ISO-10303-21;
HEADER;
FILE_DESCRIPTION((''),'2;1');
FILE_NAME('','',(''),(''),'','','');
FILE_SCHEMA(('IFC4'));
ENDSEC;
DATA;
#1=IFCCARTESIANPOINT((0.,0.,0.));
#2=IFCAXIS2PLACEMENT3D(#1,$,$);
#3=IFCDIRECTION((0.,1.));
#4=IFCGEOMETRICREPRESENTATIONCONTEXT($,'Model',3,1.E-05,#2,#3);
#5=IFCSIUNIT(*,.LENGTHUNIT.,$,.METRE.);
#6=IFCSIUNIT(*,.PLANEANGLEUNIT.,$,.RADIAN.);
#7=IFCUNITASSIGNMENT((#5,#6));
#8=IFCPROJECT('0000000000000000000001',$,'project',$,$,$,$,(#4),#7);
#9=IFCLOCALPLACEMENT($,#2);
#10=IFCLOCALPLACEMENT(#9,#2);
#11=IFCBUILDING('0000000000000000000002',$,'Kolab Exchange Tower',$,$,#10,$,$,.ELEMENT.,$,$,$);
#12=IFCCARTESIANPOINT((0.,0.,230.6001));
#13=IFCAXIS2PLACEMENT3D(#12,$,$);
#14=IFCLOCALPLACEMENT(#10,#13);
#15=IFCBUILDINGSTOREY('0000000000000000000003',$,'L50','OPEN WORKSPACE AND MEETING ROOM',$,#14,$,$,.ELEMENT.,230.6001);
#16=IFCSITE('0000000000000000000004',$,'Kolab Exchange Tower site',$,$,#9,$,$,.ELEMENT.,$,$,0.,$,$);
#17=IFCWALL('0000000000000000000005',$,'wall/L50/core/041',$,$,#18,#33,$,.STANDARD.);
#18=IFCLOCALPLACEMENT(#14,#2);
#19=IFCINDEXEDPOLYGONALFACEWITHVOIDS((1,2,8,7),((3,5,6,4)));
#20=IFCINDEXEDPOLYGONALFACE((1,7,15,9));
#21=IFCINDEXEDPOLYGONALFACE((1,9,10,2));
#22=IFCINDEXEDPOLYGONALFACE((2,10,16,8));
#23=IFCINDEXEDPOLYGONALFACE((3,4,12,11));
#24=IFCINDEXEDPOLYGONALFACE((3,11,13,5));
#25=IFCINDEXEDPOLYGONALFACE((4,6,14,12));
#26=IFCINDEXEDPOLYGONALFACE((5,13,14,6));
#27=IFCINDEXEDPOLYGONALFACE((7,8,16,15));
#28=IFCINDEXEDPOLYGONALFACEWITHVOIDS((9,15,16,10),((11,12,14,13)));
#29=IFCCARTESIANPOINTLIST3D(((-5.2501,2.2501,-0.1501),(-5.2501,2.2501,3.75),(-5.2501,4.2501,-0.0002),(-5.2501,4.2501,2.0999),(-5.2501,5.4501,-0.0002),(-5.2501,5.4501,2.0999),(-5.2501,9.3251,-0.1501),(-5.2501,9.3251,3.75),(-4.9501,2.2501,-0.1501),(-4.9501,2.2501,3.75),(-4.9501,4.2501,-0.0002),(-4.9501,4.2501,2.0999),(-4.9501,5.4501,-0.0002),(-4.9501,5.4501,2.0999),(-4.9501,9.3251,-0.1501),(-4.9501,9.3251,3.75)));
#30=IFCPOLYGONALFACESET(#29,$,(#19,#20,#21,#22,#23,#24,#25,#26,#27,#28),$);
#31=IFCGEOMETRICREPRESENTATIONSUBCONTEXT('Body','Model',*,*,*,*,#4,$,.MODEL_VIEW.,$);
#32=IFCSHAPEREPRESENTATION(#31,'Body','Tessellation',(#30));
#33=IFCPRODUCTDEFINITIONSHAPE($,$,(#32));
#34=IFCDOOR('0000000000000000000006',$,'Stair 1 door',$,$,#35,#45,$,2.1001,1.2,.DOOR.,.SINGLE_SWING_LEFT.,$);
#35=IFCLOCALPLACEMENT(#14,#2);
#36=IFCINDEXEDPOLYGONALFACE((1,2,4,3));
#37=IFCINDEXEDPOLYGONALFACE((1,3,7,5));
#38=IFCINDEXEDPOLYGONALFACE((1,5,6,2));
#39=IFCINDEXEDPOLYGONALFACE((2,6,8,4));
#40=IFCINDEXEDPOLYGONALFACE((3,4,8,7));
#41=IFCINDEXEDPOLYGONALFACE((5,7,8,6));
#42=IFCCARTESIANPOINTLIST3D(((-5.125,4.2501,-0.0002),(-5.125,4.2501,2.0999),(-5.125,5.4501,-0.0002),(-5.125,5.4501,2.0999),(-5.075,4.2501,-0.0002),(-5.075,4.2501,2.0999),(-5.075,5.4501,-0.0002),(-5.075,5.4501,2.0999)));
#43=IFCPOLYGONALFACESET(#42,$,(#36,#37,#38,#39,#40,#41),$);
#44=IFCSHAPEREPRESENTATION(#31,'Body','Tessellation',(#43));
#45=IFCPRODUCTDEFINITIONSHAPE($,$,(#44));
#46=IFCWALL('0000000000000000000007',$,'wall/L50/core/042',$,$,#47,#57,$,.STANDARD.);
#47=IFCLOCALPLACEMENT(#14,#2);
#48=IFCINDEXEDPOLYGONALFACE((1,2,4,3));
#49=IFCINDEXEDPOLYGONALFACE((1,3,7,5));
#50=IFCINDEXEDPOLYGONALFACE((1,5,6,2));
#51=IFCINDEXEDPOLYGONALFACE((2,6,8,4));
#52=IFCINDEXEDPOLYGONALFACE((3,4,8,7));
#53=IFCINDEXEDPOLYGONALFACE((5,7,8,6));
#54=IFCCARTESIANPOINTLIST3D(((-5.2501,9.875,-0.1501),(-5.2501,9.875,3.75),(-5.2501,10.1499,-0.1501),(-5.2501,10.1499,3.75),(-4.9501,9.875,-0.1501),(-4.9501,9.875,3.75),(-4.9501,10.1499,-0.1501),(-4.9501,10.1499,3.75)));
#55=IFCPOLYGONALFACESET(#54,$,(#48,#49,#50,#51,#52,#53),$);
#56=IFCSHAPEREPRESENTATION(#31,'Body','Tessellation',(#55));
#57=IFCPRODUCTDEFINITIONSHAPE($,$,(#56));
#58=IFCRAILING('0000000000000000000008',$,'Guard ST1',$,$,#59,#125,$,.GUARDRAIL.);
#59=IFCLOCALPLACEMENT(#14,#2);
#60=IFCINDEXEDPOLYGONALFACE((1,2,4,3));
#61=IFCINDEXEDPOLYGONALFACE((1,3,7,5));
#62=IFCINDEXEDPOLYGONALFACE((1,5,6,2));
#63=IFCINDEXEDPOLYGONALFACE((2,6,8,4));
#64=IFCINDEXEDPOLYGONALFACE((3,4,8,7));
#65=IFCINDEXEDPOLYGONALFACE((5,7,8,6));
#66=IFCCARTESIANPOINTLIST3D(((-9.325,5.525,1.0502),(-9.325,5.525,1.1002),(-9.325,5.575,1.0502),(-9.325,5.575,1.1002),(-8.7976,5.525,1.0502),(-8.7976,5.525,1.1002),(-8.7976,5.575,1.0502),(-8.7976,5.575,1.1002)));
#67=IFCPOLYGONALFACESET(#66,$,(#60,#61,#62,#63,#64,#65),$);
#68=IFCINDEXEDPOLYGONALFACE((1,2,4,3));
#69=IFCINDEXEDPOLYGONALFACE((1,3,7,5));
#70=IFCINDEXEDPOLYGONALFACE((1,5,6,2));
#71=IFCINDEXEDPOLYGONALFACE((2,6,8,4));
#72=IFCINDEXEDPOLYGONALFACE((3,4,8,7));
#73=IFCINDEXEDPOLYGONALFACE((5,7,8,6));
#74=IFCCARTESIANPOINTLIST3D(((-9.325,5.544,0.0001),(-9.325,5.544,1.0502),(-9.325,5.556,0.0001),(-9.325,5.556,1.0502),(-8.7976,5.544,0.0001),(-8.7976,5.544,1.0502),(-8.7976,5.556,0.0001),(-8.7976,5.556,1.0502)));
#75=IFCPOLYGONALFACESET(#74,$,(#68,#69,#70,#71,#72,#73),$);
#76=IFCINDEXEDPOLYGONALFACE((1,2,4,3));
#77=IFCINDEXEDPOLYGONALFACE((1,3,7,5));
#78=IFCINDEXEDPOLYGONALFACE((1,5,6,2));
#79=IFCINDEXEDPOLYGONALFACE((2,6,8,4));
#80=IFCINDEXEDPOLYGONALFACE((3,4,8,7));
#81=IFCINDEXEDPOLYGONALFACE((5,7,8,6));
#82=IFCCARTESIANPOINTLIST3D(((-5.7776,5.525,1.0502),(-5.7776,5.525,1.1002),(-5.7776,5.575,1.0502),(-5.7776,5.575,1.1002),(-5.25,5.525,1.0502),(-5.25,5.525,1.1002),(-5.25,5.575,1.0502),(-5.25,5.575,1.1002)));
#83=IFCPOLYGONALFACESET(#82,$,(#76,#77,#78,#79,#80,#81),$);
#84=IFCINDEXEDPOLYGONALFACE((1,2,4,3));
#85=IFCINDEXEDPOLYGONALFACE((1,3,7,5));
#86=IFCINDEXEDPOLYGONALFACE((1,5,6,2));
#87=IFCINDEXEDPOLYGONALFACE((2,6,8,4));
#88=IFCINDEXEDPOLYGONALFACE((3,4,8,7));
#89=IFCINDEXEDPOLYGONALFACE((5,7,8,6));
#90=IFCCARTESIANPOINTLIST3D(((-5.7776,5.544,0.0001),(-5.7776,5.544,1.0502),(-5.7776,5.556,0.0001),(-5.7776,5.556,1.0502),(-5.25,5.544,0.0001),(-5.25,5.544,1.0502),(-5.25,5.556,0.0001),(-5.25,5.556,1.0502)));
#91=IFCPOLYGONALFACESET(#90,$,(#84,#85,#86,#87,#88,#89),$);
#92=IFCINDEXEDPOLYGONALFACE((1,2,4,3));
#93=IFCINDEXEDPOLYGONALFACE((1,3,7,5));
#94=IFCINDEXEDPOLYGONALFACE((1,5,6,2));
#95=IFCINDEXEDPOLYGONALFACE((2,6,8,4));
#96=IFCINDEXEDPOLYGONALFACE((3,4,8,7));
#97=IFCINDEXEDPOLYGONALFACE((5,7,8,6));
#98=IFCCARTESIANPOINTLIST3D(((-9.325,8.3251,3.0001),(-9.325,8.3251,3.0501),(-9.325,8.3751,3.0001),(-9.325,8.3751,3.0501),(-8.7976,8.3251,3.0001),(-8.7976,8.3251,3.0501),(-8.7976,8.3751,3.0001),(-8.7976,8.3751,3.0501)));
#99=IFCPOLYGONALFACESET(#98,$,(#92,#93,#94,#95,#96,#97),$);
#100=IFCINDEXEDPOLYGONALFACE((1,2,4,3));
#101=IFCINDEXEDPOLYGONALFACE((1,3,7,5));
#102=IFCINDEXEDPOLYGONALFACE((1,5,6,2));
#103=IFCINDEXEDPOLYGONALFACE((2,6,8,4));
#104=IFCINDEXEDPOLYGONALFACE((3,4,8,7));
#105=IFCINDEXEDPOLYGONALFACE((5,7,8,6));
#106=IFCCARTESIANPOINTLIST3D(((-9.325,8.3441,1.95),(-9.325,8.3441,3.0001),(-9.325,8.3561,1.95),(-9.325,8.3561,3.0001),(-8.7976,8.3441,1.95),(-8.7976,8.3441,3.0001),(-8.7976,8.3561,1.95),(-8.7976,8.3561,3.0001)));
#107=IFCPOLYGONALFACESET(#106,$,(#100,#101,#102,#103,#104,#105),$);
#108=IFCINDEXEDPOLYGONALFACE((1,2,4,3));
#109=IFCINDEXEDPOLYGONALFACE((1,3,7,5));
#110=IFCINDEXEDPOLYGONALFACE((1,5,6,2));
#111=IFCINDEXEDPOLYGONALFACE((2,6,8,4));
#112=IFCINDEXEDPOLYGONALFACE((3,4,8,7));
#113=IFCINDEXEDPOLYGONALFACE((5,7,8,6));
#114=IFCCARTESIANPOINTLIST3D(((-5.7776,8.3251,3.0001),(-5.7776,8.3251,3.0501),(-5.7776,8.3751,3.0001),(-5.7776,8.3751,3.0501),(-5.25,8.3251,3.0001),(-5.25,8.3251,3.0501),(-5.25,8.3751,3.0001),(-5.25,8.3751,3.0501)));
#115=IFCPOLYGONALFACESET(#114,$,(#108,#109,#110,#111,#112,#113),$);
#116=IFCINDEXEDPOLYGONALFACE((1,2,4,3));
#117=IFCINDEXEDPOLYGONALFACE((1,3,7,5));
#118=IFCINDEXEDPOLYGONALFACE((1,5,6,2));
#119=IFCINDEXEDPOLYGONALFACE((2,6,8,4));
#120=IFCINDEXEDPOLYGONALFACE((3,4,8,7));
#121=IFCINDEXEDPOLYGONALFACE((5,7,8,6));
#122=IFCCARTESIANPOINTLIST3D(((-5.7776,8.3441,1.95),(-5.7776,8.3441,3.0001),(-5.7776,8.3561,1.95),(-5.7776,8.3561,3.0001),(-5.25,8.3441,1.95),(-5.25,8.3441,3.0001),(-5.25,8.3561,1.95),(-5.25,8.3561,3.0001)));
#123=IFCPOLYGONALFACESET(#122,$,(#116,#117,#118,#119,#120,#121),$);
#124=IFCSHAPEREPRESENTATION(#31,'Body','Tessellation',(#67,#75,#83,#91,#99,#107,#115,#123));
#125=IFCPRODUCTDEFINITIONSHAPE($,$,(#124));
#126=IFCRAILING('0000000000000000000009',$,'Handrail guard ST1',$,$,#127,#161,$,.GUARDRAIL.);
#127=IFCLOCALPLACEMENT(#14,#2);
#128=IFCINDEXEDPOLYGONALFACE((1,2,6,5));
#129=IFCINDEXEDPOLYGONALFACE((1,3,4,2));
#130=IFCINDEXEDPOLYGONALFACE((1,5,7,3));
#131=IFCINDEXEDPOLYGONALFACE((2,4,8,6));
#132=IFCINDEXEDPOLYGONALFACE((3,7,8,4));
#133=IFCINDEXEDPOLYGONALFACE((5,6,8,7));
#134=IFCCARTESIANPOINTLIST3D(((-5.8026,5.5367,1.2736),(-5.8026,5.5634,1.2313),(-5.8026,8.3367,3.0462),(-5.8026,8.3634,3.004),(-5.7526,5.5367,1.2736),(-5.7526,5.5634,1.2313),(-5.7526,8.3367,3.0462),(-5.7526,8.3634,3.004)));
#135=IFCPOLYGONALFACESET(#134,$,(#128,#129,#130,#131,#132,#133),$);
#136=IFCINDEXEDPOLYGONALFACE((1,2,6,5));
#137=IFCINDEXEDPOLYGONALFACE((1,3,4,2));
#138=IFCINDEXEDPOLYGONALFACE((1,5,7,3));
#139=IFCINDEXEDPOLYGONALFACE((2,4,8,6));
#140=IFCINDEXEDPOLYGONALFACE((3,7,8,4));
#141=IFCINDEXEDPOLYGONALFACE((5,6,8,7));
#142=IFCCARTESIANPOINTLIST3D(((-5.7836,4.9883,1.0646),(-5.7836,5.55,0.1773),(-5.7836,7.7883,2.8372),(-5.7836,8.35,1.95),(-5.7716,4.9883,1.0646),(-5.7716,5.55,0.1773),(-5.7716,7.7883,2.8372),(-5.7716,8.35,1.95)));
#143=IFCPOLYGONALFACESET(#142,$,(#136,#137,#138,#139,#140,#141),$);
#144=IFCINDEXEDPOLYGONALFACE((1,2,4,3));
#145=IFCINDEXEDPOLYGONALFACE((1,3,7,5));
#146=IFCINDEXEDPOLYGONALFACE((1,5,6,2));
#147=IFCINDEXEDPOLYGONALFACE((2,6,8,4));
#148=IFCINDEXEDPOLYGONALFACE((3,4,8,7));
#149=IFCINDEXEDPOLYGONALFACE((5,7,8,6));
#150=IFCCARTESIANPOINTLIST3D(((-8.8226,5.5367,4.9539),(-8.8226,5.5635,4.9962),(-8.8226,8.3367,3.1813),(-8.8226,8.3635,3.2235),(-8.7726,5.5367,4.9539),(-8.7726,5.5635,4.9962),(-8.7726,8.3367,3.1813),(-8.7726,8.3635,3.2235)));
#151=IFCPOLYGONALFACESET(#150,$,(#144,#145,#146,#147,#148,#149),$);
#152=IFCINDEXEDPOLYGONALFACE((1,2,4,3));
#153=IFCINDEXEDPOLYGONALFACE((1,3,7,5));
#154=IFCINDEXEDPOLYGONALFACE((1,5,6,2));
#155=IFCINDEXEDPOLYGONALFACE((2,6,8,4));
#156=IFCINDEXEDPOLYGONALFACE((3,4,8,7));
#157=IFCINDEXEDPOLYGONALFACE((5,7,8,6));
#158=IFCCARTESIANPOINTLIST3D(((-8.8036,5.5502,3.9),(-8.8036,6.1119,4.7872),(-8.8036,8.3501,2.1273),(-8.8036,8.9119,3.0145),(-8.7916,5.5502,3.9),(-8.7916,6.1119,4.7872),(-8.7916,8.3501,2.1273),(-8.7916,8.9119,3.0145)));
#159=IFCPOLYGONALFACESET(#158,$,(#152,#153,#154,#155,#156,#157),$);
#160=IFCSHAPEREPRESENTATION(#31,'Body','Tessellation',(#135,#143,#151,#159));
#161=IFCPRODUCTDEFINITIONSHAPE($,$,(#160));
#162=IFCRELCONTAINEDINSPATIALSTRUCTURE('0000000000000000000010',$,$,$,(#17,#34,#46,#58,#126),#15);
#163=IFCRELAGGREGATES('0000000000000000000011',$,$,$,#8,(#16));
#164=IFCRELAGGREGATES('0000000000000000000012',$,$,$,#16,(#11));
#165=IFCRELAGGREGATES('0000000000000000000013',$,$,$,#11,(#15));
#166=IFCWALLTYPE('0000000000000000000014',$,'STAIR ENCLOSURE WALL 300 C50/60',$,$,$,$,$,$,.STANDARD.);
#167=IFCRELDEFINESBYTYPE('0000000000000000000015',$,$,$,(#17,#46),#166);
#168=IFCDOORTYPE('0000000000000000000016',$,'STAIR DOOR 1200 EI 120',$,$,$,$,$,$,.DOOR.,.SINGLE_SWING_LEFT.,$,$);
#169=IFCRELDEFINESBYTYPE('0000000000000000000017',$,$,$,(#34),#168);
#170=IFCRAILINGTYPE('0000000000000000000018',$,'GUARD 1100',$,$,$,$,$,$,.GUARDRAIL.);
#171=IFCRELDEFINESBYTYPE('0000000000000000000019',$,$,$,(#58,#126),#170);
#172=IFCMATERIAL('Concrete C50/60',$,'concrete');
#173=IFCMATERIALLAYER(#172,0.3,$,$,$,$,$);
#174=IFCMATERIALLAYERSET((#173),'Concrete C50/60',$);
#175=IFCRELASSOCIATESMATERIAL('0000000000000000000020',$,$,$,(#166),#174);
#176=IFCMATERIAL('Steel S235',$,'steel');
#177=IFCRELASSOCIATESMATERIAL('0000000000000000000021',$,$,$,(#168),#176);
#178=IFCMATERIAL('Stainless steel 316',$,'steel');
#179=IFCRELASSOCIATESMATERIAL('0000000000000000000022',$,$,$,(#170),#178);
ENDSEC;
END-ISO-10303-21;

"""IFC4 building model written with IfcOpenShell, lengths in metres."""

from ifc_helpers import new_model, si_unit, direction, frame, frame_2d, origin, origin_2d, place, context, subcontext, project, spatial, rectangle, extrude, material, layer, layer_set, type_object, element, fill, save


model = new_model("IFC4")

# Units and contexts
model_context = context("Model", 3, precision=1e-05, world=origin(), true_north=direction((0.0, 1.0)))
body_context = subcontext(model_context, "Body", "Model", "MODEL_VIEW")
ifc_project = project(units=[si_unit("LENGTHUNIT", "METRE"), si_unit("PLANEANGLEUNIT", "RADIAN")], contexts=[model_context])

# Site, building, storey
site_placement = place(None, origin())
site = spatial("IfcSite", under=ifc_project, at=site_placement, Name="Kolab Exchange Tower site", CompositionType="ELEMENT", RefElevation=0.0)
building_placement = place(site_placement, origin())
building = spatial("IfcBuilding", under=site, at=building_placement, Name="Kolab Exchange Tower", CompositionType="ELEMENT")
storey_placement = place(building_placement, frame((0.0, 0.0, 230.6001)))
storey = spatial("IfcBuildingStorey", under=building, at=storey_placement, Name="L50", Description="OPEN WORKSPACE AND MEETING ROOM", CompositionType="ELEMENT", Elevation=230.6001)

# Shared definitions
ifc_material_1 = material(Name="Concrete C50/60", Category="concrete")
ifc_material_2 = material(Name="Steel S235", Category="steel")

# Shared definitions
ifc_material_3 = material(Name="Stainless steel 316", Category="steel")

# Shared definitions
ifc_layer_1 = layer(ifc_material_1, 0.3)
ifc_layer_set_1 = layer_set([ifc_layer_1], Name="Concrete C50/60")
wall_type_1 = type_object("IfcWallType", Name="STAIR ENCLOSURE WALL 300 C50/60", PredefinedType="STANDARD", material=ifc_layer_set_1)

# Shared definitions
door_type_1 = type_object("IfcDoorType", Name="STAIR DOOR 1200 EI 120", OperationType="SINGLE_SWING_LEFT", PredefinedType="DOOR", material=ifc_material_2)

# Wall, opening, door
wall_1_placement = place(storey_placement, frame((-5.1001, 2.25, -0.1501), z_axis=(0.0, 0.0, 1.0), x_axis=(0.0, 1.0, 0.0)))
wall_1 = element("IfcWall", 1, at=wall_1_placement, inside=storey, type_object=wall_type_1, Name="wall/L50/core/041", PredefinedType="STANDARD", context=body_context, shape_type="SweptSolid", body=[
    extrude(rectangle(XDim=7.075, YDim=0.3, at=frame_2d((3.5376, 0.0))), origin(), (0.0, 0.0, 1.0), 3.9001),
])
opening_1_placement = place(wall_1_placement, frame((2.0, 0.0, 0.1499)))
opening_1 = element("IfcOpeningElement", 2, at=opening_1_placement, cuts=wall_1, PredefinedType="OPENING", context=body_context, shape_type="SweptSolid", body=[
    extrude(rectangle(XDim=1.2, YDim=2.1001, at=frame_2d((0.6001, 1.05))), frame((0.0, 0.1602, 0.0), z_axis=(0.0, -1.0, 0.0), x_axis=(1.0, 0.0, 0.0)), (0.0, 0.0, 1.0), 0.3201),
])
door_1_placement = place(opening_1_placement, origin())
door_1 = element("IfcDoor", 3, at=door_1_placement, inside=storey, type_object=door_type_1, Name="Stair 1 door", OperationType="SINGLE_SWING_LEFT", OverallHeight=2.1001, OverallWidth=1.2, PredefinedType="DOOR", context=body_context, shape_type="SweptSolid", body=[
    extrude(rectangle(XDim=1.2, YDim=2.1001, at=frame_2d((0.6001, 1.05))), frame((0.0, 0.0249, 0.0), z_axis=(0.0, -1.0, 0.0), x_axis=(1.0, 0.0, 0.0)), (0.0, 0.0, 1.0), 0.05),
])
fill(opening_1, door_1)

# Wall
wall_2_placement = place(storey_placement, frame((-5.1001, 9.875, -0.1501), z_axis=(0.0, 0.0, 1.0), x_axis=(0.0, 1.0, 0.0)))
element("IfcWall", 4, at=wall_2_placement, inside=storey, type_object=wall_type_1, Name="wall/L50/core/042", PredefinedType="STANDARD", context=body_context, shape_type="SweptSolid", body=[
    extrude(rectangle(XDim=0.2749, YDim=0.3, at=frame_2d((0.1375, 0.0))), origin(), (0.0, 0.0, 1.0), 3.9001),
])

# Railings
railing_type = type_object("IfcRailingType", Name="GUARD 1100", PredefinedType="GUARDRAIL", material=ifc_material_3)
railing_1_placement = place(storey_placement, frame((-9.325, 5.55, 0.0)))
element("IfcRailing", 5, at=railing_1_placement, inside=storey, type_object=railing_type, Name="Guard ST1", PredefinedType="GUARDRAIL", context=body_context, shape_type="SweptSolid", body=[
    extrude(rectangle(XDim=0.05, YDim=0.05, at=origin_2d()), frame((0.0, 0.0, 1.0752), z_axis=(1.0, 0.0, 0.0), x_axis=(0.0, 1.0, 0.0)), (0.0, 0.0, 1.0), 0.5273),
    extrude(rectangle(XDim=0.012, YDim=1.0501, at=frame_2d((0.0, 0.5251))), frame((0.0, 0.0, 0.0), z_axis=(1.0, 0.0, 0.0), x_axis=(0.0, 1.0, 0.0)), (0.0, 0.0, 1.0), 0.5273),
    extrude(rectangle(XDim=0.05, YDim=0.05, at=origin_2d()), frame((3.5474, 0.0, 1.0752), z_axis=(1.0, 0.0, 0.0), x_axis=(0.0, 1.0, 0.0)), (0.0, 0.0, 1.0), 0.5276),
    extrude(rectangle(XDim=0.012, YDim=1.0501, at=frame_2d((0.0, 0.5251))), frame((3.5474, 0.0, 0.0), z_axis=(1.0, 0.0, 0.0), x_axis=(0.0, 1.0, 0.0)), (0.0, 0.0, 1.0), 0.5276),
    extrude(rectangle(XDim=0.05, YDim=0.05, at=origin_2d()), frame((0.0, 2.8, 3.0251), z_axis=(1.0, 0.0, 0.0), x_axis=(0.0, 1.0, 0.0)), (0.0, 0.0, 1.0), 0.5273),
    extrude(rectangle(XDim=0.012, YDim=1.0501, at=frame_2d((0.0, 0.5251))), frame((0.0, 2.8, 1.95), z_axis=(1.0, 0.0, 0.0), x_axis=(0.0, 1.0, 0.0)), (0.0, 0.0, 1.0), 0.5273),
    extrude(rectangle(XDim=0.05, YDim=0.05, at=origin_2d()), frame((3.5474, 2.8, 3.0251), z_axis=(1.0, 0.0, 0.0), x_axis=(0.0, 1.0, 0.0)), (0.0, 0.0, 1.0), 0.5276),
    extrude(rectangle(XDim=0.012, YDim=1.0501, at=frame_2d((0.0, 0.5251))), frame((3.5474, 2.8, 1.95), z_axis=(1.0, 0.0, 0.0), x_axis=(0.0, 1.0, 0.0)), (0.0, 0.0, 1.0), 0.5276),
])
railing_2_placement = place(storey_placement, frame((-5.7776, 5.55, 0.1772)))
element("IfcRailing", 6, at=railing_2_placement, inside=storey, type_object=railing_type, Name="Handrail guard ST1", PredefinedType="GUARDRAIL", context=body_context, shape_type="SweptSolid", body=[
    extrude(rectangle(XDim=0.05, YDim=0.05, at=origin_2d()), frame((0.0, 0.0, 1.0752), z_axis=(0.0, 0.844909, 0.53491), x_axis=(-1.0, 0.0, 0.0)), (0.0, 0.0, 1.0), 3.314),
    extrude(rectangle(XDim=0.012, YDim=1.0501, at=frame_2d((0.0, 0.5251))), frame((0.0, 0.0, 0.0), z_axis=(0.0, 0.844909, 0.53491), x_axis=(-1.0, 0.0, 0.0)), (0.0, 0.0, 1.0), 3.314),
    extrude(rectangle(XDim=0.05, YDim=0.05, at=origin_2d()), frame((-3.02, 2.8, 3.0251), z_axis=(0.0, -0.844909, 0.53491), x_axis=(1.0, 0.0, 0.0)), (0.0, 0.0, 1.0), 3.314),
    extrude(rectangle(XDim=0.012, YDim=1.0501, at=frame_2d((0.0, 0.5251))), frame((-3.02, 2.8, 1.95), z_axis=(0.0, -0.844909, 0.53491), x_axis=(1.0, 0.0, 0.0)), (0.0, 0.0, 1.0), 3.314),
])

save(model, "model.ifc")
